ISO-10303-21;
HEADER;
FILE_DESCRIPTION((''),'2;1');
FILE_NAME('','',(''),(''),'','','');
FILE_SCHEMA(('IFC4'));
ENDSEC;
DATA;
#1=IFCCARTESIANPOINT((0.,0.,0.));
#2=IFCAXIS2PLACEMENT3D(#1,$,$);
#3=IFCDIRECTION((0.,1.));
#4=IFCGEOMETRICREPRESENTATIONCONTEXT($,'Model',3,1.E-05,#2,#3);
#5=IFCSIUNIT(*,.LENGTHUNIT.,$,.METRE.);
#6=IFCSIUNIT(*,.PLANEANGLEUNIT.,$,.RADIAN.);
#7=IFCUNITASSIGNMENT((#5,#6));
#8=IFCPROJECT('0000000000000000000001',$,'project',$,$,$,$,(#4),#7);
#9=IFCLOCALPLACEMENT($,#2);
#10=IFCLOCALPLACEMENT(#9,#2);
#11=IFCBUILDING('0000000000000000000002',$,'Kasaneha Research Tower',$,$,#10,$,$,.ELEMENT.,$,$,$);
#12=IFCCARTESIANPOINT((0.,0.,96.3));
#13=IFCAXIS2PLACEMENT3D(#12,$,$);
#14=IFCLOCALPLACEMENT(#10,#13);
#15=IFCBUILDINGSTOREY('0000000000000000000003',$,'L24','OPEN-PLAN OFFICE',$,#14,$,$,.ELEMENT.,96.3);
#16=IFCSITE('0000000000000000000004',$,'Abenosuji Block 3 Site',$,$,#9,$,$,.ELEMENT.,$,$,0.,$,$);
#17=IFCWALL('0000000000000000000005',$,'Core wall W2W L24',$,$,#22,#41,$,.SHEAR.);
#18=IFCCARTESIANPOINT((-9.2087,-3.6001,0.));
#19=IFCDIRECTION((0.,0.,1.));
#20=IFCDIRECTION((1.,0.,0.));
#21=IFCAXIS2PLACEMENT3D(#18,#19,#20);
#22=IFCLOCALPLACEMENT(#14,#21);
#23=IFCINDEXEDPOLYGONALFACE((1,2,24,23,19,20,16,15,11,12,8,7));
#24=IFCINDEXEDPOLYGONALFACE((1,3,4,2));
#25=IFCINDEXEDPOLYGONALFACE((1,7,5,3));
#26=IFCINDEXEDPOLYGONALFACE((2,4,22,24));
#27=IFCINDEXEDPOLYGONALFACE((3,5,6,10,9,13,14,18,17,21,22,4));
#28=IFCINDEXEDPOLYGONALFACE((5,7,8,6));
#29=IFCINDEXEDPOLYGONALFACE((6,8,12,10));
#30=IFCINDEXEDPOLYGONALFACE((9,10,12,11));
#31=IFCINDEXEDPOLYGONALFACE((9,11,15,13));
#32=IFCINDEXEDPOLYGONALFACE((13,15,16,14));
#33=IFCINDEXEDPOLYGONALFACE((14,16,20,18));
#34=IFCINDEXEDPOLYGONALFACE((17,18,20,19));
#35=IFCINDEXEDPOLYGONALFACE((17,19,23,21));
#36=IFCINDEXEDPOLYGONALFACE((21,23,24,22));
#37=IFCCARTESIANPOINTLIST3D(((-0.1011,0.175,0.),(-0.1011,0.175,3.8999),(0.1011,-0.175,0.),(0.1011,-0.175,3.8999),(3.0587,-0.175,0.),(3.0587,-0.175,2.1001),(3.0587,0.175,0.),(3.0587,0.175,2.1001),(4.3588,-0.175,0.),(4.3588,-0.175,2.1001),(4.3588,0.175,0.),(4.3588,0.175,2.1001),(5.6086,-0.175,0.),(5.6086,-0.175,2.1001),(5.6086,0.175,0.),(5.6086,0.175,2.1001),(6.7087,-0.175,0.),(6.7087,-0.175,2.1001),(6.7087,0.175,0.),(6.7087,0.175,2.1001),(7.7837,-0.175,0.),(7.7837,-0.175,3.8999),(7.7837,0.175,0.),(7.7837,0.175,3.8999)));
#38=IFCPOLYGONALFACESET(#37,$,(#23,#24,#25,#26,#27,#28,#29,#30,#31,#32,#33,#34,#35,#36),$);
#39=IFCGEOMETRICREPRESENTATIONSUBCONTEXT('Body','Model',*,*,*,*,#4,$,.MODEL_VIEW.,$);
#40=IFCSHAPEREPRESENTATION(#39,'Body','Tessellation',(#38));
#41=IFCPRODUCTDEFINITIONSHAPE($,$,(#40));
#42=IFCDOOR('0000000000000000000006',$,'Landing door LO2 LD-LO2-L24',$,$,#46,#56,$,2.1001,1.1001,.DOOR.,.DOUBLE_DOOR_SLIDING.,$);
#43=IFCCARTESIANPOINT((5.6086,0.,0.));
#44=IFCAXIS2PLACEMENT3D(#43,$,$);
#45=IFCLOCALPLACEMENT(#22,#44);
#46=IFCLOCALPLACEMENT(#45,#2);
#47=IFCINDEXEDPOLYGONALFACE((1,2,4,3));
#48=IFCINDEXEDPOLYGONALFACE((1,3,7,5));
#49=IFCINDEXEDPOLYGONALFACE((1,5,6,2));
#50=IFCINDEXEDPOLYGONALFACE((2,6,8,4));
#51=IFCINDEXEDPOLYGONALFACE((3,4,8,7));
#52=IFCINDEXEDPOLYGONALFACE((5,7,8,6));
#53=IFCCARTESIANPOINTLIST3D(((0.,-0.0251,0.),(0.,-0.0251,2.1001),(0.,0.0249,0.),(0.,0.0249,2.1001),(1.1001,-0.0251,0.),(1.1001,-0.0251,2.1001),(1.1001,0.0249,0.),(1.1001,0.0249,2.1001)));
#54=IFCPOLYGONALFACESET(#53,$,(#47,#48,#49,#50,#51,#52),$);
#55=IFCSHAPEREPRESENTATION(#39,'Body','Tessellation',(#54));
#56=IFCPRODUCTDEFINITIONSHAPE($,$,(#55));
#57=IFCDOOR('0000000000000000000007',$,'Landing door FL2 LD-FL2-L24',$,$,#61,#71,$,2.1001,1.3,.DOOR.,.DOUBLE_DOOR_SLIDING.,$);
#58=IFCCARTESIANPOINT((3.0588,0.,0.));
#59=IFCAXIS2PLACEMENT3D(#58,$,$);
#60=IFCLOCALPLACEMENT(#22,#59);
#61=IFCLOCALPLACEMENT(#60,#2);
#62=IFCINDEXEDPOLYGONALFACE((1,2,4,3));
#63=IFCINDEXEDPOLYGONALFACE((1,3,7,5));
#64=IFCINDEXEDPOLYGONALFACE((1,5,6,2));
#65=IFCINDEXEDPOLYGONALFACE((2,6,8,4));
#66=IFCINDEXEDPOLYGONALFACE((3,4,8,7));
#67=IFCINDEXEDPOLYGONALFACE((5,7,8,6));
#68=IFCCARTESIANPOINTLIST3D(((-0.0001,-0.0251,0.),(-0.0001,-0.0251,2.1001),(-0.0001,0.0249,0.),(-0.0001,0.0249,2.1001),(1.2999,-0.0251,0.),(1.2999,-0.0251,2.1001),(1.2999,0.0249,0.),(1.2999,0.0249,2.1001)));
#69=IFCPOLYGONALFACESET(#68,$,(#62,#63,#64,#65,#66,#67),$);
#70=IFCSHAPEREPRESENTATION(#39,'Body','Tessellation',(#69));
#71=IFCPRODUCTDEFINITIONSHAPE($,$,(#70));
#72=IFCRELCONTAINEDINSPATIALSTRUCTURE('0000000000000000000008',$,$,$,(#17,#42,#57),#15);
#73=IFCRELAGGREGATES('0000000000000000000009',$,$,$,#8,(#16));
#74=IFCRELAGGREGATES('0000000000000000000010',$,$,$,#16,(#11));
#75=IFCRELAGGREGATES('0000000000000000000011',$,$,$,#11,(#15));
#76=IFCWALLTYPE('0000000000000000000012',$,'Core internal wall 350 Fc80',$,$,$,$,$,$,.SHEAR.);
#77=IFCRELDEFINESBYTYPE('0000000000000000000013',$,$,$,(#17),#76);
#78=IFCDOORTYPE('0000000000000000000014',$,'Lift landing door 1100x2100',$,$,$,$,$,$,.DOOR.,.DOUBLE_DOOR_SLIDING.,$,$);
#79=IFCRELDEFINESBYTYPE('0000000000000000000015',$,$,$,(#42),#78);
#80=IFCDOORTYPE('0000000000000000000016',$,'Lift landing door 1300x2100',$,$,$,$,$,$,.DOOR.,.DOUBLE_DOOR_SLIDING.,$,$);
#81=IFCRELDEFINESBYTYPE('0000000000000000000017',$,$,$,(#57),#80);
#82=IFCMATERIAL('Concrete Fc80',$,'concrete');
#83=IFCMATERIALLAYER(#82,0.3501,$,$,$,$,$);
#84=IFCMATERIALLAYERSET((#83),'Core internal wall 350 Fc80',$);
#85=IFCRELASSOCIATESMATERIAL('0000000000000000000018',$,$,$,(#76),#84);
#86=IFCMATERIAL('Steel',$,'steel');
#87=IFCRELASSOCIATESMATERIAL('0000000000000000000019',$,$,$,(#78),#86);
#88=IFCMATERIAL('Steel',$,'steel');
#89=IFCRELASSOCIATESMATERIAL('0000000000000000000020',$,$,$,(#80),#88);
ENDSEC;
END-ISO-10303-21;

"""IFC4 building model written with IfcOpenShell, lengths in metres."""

from ifc_helpers import new_model, si_unit, direction, frame, frame_2d, origin, place, context, subcontext, project, spatial, polyline, rectangle, outline, extrude, material, layer, layer_set, type_object, element, fill, save


model = new_model("IFC4")

# Units and contexts
model_context = context("Model", 3, precision=1e-05, world=origin(), true_north=direction((0.0, 1.0)))
body_context = subcontext(model_context, "Body", "Model", "MODEL_VIEW")
ifc_project = project(units=[si_unit("LENGTHUNIT", "METRE"), si_unit("PLANEANGLEUNIT", "RADIAN")], contexts=[model_context])

# Site, building, storey
site_placement = place(None, origin())
site = spatial("IfcSite", under=ifc_project, at=site_placement, Name="Abenosuji Block 3 Site", CompositionType="ELEMENT", RefElevation=0.0)
building_placement = place(site_placement, origin())
building = spatial("IfcBuilding", under=site, at=building_placement, Name="Kasaneha Research Tower", CompositionType="ELEMENT")
storey_placement = place(building_placement, frame((0.0, 0.0, 96.3)))
storey = spatial("IfcBuildingStorey", under=building, at=storey_placement, Name="L24", Description="OPEN-PLAN OFFICE", CompositionType="ELEMENT", Elevation=96.3)

# Wall, openings, doors
ifc_material_1 = material(Name="Concrete Fc80", Category="concrete")
ifc_layer_1 = layer(ifc_material_1, 0.3501)
ifc_layer_set_1 = layer_set([ifc_layer_1], Name="Core internal wall 350 Fc80")
wall_type_1 = type_object("IfcWallType", Name="Core internal wall 350 Fc80", PredefinedType="SHEAR", material=ifc_layer_set_1)
wall_1_placement = place(storey_placement, frame((-9.2087, -3.6001, 0.0), z_axis=(0.0, 0.0, 1.0), x_axis=(1.0, 0.0, 0.0)))
wall_1 = element("IfcWall", 1, at=wall_1_placement, inside=storey, type_object=wall_type_1, Name="Core wall W2W L24", PredefinedType="SHEAR", context=body_context, shape_type="SweptSolid", body=[
    extrude(outline(polyline([(0.1011, -0.175), (3.0588, -0.175), (4.3589, -0.175), (5.6086, -0.175), (6.7087, -0.175), (7.7837, -0.175), (7.7837, 0.175), (6.7087, 0.175), (5.6086, 0.175), (4.3589, 0.175), (3.0588, 0.175), (-0.1011, 0.175), (0.1011, -0.175)])), origin(), (0.0, 0.0, 1.0), 3.8999),
])
opening_1_placement = place(wall_1_placement, frame((5.6086, 0.0, 0.0)))
opening_1 = element("IfcOpeningElement", 2, at=opening_1_placement, cuts=wall_1, PredefinedType="OPENING", context=body_context, shape_type="SweptSolid", body=[
    extrude(rectangle(XDim=1.1001, YDim=2.1001, at=frame_2d((0.55, 1.05))), frame((0.0, 0.1851, 0.0), z_axis=(0.0, -1.0, 0.0), x_axis=(1.0, 0.0, 0.0)), (0.0, 0.0, 1.0), 0.3701),
])
opening_2_placement = place(wall_1_placement, frame((3.0588, 0.0, 0.0)))
opening_2 = element("IfcOpeningElement", 3, at=opening_2_placement, cuts=wall_1, PredefinedType="OPENING", context=body_context, shape_type="SweptSolid", body=[
    extrude(rectangle(XDim=1.3, YDim=2.1001, at=frame_2d((0.6499, 1.05))), frame((0.0, 0.1851, 0.0), z_axis=(0.0, -1.0, 0.0), x_axis=(1.0, 0.0, 0.0)), (0.0, 0.0, 1.0), 0.3701),
])
ifc_material_2 = material(Name="Steel", Category="steel")
door_type_1 = type_object("IfcDoorType", Name="Lift landing door 1100x2100", OperationType="DOUBLE_DOOR_SLIDING", PredefinedType="DOOR", material=ifc_material_2)
door_1_placement = place(opening_1_placement, origin())
door_1 = element("IfcDoor", 4, at=door_1_placement, inside=storey, type_object=door_type_1, Name="Landing door LO2 LD-LO2-L24", OperationType="DOUBLE_DOOR_SLIDING", OverallHeight=2.1001, OverallWidth=1.1001, PredefinedType="DOOR", context=body_context, shape_type="SweptSolid", body=[
    extrude(rectangle(XDim=1.1001, YDim=2.1001, at=frame_2d((0.55, 1.05))), frame((0.0, 0.0249, 0.0), z_axis=(0.0, -1.0, 0.0), x_axis=(1.0, 0.0, 0.0)), (0.0, 0.0, 1.0), 0.05),
])
fill(opening_1, door_1)
ifc_material_3 = material(Name="Steel", Category="steel")
door_type_2 = type_object("IfcDoorType", Name="Lift landing door 1300x2100", OperationType="DOUBLE_DOOR_SLIDING", PredefinedType="DOOR", material=ifc_material_3)
door_2_placement = place(opening_2_placement, origin())
door_2 = element("IfcDoor", 5, at=door_2_placement, inside=storey, type_object=door_type_2, Name="Landing door FL2 LD-FL2-L24", OperationType="DOUBLE_DOOR_SLIDING", OverallHeight=2.1001, OverallWidth=1.3, PredefinedType="DOOR", context=body_context, shape_type="SweptSolid", body=[
    extrude(rectangle(XDim=1.3, YDim=2.1001, at=frame_2d((0.6499, 1.05))), frame((0.0, 0.0249, 0.0), z_axis=(0.0, -1.0, 0.0), x_axis=(1.0, 0.0, 0.0)), (0.0, 0.0, 1.0), 0.05),
])
fill(opening_2, door_2)

save(model, "model.ifc")
